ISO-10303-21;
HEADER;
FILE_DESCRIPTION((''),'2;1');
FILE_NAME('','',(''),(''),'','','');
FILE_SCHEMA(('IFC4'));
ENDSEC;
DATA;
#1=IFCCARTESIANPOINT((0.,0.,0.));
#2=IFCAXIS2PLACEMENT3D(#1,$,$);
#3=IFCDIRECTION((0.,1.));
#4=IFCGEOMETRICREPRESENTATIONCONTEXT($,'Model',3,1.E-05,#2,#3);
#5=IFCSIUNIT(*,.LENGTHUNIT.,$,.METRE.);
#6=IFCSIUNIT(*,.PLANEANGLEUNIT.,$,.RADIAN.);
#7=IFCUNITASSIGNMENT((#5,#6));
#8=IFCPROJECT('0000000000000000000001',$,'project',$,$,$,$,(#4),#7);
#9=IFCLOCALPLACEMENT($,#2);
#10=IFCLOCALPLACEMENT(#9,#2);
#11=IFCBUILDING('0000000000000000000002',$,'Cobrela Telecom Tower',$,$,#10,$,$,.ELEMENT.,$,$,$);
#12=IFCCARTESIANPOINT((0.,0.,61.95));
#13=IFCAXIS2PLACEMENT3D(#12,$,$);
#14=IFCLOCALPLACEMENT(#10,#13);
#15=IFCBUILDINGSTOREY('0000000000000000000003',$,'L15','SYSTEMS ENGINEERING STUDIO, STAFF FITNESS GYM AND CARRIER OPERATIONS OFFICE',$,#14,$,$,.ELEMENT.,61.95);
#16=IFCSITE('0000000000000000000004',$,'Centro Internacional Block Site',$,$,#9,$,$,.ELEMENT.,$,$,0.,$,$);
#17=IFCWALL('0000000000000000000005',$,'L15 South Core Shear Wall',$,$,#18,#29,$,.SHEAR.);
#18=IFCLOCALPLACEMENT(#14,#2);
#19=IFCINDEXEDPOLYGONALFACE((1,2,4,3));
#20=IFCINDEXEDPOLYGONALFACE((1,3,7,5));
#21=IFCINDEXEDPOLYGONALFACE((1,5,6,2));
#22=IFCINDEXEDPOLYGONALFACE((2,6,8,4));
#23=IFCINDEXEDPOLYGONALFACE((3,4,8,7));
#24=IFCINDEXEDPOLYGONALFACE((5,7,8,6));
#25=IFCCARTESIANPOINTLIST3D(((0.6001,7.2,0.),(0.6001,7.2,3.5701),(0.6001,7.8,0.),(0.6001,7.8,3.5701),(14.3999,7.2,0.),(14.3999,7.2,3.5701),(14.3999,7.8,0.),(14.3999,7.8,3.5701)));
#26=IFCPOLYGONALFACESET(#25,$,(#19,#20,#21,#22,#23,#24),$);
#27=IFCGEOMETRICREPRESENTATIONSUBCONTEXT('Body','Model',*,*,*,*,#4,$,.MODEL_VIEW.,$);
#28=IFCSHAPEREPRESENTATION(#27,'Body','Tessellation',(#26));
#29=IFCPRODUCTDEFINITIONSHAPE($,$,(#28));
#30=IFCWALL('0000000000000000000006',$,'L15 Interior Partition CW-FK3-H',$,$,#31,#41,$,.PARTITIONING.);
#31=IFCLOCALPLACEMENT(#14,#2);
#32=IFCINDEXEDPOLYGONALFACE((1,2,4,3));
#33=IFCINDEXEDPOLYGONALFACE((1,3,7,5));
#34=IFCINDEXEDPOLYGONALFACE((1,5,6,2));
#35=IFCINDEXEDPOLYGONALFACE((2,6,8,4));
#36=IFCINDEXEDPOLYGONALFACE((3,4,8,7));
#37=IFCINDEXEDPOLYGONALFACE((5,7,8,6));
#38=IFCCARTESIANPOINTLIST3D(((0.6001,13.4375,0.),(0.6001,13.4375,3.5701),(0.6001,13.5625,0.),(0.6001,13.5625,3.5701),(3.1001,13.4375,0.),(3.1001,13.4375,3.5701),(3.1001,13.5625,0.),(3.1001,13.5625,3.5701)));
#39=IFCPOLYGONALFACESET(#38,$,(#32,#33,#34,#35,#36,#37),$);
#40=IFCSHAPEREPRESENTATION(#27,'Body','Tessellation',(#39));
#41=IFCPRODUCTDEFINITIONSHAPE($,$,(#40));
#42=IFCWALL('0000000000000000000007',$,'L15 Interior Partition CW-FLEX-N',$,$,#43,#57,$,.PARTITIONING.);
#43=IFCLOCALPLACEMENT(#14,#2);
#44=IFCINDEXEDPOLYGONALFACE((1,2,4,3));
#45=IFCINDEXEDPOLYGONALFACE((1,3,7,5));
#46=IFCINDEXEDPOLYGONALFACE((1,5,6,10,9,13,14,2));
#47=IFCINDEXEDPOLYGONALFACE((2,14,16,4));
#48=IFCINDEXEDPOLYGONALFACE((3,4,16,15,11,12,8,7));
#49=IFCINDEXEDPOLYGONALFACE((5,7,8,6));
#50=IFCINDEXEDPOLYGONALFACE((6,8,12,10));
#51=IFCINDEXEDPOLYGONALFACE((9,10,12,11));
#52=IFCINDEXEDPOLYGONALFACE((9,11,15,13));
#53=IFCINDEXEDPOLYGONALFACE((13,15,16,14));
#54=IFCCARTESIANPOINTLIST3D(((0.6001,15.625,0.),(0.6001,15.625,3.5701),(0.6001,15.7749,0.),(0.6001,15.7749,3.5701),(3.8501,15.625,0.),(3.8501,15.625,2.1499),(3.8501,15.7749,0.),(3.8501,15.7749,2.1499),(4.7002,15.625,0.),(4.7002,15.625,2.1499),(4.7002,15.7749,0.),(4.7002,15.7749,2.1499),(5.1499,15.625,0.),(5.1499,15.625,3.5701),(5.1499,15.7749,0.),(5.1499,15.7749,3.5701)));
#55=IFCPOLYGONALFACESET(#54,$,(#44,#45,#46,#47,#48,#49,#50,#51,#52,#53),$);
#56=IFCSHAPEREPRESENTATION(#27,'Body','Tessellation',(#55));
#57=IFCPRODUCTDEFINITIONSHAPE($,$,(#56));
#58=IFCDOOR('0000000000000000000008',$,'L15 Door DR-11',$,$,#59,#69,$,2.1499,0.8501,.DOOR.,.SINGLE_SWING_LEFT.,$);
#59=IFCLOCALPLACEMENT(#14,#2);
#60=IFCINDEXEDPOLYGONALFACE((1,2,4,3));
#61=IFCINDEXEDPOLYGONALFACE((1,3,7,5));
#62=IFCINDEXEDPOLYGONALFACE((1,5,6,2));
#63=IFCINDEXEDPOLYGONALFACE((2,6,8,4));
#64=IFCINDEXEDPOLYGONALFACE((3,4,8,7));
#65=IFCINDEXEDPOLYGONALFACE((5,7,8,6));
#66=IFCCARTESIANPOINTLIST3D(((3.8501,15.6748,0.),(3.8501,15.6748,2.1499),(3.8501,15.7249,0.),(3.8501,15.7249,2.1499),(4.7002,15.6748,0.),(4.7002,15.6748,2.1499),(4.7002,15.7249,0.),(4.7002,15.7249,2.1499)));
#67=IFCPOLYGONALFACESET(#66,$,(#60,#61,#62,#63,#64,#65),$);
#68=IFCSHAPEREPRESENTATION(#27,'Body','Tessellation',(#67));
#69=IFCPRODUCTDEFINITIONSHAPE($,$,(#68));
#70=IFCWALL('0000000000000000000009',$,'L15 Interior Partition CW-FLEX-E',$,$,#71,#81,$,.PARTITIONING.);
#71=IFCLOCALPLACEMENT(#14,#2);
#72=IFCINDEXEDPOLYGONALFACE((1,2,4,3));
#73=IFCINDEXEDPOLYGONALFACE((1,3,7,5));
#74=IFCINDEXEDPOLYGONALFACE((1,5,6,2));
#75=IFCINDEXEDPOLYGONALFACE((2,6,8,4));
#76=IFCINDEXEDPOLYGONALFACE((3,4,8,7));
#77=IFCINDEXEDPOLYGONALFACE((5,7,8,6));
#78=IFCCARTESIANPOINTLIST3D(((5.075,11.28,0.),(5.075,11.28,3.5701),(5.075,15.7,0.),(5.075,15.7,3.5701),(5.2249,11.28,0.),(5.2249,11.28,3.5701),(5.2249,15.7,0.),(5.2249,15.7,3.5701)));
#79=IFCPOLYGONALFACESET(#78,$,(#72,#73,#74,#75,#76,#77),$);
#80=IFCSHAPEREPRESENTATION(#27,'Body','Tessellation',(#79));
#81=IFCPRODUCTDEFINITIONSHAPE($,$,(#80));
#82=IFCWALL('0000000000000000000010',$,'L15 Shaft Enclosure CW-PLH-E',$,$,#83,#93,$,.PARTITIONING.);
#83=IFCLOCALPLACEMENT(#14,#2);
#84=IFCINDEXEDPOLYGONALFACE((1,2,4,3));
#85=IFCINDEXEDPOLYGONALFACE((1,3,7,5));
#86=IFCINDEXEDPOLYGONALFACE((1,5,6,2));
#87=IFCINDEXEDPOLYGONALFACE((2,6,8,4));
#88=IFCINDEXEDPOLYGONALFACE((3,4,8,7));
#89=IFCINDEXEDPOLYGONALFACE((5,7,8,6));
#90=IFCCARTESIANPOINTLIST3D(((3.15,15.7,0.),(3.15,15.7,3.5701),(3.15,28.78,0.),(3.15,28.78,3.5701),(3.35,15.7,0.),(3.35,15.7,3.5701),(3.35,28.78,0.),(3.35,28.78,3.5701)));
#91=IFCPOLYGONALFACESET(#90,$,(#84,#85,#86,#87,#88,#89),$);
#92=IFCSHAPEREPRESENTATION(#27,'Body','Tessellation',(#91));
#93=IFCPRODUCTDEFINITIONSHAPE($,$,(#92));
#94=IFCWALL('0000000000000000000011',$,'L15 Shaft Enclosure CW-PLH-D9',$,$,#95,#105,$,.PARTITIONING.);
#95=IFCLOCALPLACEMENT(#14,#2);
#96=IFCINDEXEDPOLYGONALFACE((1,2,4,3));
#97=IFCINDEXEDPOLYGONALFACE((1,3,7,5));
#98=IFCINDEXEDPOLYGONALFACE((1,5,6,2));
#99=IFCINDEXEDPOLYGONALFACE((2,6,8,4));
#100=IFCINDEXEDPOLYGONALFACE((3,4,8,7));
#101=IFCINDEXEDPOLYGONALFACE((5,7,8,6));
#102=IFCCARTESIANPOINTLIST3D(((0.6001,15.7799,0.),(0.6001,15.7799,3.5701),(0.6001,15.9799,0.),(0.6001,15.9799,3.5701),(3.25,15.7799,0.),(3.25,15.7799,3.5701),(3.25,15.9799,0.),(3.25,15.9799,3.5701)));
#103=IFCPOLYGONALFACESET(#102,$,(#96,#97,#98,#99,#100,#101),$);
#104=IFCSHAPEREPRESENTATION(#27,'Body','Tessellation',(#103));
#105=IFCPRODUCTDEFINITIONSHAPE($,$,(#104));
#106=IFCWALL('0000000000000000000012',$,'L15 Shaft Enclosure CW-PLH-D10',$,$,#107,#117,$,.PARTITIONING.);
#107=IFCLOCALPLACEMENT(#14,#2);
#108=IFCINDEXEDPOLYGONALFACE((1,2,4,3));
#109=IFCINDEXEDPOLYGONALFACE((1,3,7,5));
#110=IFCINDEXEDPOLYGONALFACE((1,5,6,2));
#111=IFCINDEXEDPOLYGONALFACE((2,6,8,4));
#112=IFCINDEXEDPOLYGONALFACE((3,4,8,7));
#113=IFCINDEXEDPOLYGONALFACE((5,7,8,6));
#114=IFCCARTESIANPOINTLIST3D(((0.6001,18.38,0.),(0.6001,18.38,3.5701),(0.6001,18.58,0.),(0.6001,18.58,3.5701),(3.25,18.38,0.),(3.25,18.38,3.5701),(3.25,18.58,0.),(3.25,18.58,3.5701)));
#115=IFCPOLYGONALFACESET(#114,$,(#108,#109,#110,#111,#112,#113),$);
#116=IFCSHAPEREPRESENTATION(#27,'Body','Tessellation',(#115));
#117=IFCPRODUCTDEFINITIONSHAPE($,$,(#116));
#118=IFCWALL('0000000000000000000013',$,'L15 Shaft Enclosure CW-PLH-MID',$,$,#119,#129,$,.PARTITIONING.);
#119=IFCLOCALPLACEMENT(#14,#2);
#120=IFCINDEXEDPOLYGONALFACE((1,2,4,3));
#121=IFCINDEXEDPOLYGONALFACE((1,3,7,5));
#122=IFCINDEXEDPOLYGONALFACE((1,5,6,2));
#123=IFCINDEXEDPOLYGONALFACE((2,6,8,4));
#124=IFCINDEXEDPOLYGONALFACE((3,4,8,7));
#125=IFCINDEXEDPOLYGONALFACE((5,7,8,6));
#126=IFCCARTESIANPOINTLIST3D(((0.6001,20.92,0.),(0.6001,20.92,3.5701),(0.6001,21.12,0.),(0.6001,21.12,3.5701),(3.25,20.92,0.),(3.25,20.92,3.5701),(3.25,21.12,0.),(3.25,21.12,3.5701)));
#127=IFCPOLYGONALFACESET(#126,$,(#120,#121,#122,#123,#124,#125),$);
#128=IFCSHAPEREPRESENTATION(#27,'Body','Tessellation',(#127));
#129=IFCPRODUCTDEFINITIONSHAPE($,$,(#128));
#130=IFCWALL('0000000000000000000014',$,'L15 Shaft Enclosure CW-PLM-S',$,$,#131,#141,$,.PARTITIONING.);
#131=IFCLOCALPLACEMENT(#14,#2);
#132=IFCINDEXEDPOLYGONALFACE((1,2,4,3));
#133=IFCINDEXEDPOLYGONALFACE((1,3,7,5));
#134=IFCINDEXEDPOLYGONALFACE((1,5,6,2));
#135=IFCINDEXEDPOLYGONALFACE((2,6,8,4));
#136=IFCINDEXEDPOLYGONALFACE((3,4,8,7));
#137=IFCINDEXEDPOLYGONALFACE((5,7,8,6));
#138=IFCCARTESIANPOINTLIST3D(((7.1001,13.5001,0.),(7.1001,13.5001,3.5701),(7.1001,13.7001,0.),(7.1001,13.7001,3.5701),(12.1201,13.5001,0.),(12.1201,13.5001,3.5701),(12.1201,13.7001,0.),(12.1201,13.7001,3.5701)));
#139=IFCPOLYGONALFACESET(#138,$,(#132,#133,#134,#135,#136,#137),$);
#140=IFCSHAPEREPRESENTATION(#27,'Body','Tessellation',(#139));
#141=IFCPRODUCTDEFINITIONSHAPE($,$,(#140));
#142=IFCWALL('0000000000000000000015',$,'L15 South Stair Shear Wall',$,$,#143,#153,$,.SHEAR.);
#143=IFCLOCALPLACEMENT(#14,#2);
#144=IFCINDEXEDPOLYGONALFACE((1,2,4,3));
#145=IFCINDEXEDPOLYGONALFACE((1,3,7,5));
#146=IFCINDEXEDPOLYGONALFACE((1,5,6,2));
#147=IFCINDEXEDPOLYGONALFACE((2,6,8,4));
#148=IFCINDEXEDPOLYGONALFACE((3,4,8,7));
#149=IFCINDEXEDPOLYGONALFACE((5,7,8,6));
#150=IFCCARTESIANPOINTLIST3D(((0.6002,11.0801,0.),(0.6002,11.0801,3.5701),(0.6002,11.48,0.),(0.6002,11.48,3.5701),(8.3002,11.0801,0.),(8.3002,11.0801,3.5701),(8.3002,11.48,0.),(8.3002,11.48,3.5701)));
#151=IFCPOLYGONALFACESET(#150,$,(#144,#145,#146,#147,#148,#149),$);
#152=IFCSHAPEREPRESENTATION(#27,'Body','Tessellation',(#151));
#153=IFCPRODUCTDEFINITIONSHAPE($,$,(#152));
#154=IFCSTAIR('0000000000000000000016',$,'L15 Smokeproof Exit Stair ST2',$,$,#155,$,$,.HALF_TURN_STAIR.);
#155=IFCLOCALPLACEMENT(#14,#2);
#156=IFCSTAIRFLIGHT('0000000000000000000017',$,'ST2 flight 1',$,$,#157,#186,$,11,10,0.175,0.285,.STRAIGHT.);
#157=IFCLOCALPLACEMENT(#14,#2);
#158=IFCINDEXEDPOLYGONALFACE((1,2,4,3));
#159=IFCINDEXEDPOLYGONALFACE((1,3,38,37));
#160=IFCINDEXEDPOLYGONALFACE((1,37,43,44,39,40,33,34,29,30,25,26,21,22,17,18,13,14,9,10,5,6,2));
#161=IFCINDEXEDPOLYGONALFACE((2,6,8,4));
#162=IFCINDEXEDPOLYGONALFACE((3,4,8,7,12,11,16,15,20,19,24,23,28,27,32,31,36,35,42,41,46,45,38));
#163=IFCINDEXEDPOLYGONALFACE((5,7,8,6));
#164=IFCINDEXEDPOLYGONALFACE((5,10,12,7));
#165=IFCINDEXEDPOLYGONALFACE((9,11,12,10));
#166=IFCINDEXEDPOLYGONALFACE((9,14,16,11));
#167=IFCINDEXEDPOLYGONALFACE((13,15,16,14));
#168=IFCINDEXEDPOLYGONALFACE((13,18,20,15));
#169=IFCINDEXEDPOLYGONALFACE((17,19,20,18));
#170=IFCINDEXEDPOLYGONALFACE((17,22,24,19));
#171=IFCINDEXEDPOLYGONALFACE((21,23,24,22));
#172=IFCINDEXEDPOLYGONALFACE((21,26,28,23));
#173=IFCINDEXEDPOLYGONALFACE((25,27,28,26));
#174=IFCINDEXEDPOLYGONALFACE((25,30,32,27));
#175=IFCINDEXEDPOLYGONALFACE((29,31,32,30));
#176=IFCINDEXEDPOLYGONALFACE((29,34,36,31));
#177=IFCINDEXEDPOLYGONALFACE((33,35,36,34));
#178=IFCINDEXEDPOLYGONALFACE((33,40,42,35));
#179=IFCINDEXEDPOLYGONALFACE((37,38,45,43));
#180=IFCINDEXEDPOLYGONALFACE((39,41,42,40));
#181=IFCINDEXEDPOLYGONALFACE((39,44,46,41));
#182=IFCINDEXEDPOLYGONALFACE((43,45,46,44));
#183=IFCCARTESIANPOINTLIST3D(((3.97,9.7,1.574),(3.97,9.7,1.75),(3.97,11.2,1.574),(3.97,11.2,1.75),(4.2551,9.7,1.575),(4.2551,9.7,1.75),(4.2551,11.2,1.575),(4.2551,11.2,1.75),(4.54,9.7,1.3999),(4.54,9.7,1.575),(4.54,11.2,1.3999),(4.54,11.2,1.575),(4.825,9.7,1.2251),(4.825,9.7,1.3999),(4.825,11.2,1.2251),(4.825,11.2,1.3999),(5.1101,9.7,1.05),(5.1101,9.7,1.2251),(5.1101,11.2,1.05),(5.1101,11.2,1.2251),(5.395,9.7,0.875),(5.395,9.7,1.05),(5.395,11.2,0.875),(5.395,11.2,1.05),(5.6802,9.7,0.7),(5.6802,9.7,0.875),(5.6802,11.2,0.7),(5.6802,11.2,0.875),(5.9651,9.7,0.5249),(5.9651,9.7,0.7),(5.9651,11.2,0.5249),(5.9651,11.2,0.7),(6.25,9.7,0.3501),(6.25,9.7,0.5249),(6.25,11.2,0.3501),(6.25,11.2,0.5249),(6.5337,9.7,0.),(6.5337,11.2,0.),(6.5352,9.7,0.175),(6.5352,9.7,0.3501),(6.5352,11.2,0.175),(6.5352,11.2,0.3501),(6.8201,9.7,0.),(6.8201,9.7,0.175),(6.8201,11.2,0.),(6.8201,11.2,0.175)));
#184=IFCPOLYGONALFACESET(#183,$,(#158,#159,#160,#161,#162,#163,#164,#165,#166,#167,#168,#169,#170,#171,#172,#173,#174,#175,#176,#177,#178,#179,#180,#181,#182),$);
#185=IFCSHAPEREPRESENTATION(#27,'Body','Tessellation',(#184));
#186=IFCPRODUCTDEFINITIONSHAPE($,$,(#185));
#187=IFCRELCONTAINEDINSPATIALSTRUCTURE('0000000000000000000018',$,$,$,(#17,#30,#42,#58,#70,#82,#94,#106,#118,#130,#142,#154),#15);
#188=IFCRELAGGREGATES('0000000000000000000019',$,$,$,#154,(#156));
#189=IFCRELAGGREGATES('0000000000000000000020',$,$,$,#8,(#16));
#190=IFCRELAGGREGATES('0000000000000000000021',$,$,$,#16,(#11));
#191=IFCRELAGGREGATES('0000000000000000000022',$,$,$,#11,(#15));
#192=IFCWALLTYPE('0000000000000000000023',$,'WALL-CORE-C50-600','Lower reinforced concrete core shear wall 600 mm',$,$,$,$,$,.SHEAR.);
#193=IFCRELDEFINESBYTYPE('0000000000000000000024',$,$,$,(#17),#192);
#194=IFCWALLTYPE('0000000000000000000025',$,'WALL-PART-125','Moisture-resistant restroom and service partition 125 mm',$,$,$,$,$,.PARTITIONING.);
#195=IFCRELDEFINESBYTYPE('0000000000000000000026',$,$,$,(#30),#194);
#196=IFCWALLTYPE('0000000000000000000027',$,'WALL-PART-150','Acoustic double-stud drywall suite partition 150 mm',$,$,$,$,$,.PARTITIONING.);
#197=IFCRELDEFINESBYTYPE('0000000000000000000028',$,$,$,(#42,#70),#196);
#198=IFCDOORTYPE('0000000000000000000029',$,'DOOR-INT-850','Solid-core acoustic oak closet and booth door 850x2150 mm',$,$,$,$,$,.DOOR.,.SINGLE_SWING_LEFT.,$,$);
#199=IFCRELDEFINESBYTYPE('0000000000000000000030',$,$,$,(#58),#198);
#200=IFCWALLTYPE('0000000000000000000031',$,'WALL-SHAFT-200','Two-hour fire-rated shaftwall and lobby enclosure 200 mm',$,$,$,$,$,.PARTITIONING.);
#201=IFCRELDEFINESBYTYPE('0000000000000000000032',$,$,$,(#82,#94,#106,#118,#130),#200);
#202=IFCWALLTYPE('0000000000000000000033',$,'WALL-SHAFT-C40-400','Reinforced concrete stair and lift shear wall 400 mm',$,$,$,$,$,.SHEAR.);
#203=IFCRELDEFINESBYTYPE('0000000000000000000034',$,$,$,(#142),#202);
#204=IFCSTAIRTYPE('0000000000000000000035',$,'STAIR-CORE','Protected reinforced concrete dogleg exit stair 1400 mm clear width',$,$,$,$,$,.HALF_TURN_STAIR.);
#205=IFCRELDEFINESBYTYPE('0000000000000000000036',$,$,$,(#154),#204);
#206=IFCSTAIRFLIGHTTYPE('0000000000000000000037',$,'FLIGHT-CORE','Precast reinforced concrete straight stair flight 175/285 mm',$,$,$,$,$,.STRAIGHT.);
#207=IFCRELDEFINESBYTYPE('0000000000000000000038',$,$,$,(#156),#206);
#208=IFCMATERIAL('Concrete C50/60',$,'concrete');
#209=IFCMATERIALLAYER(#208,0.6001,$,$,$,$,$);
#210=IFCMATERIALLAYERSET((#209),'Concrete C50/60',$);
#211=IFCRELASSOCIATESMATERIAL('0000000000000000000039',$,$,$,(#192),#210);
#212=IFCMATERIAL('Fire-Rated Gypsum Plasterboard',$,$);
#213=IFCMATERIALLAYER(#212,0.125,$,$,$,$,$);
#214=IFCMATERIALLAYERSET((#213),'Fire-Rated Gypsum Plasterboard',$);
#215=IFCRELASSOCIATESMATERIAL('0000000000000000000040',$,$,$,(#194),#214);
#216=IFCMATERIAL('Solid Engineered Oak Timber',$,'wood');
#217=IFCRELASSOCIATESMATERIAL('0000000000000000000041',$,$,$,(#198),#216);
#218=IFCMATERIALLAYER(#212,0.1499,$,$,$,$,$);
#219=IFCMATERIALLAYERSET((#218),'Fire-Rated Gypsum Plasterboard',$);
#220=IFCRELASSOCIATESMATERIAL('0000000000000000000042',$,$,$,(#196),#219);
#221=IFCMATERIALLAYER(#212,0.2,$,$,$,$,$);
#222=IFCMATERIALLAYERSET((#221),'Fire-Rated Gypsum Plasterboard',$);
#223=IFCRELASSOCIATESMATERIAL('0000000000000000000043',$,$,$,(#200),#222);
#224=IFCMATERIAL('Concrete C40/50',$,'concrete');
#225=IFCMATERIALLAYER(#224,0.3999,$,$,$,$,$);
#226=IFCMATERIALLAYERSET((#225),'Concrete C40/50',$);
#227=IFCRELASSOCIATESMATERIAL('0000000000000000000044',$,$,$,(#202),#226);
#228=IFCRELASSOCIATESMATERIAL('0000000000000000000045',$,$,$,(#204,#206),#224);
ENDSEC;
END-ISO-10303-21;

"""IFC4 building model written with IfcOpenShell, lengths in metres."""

from ifc_helpers import new_model, si_unit, direction, frame, frame_2d, origin, place, context, subcontext, project, spatial, polyline, rectangle, outline, extrude, material, layer, layer_set, type_object, element, fill, aggregate, save


model = new_model("IFC4")

# Units and contexts
model_context = context("Model", 3, precision=1e-05, world=origin(), true_north=direction((0.0, 1.0)))
body_context = subcontext(model_context, "Body", "Model", "MODEL_VIEW")
ifc_project = project(units=[si_unit("LENGTHUNIT", "METRE"), si_unit("PLANEANGLEUNIT", "RADIAN")], contexts=[model_context])

# Site, building, storey
site_placement = place(None, origin())
site = spatial("IfcSite", under=ifc_project, at=site_placement, Name="Centro Internacional Block Site", CompositionType="ELEMENT", RefElevation=0.0)
building_placement = place(site_placement, origin())
building = spatial("IfcBuilding", under=site, at=building_placement, Name="Cobrela Telecom Tower", CompositionType="ELEMENT")
storey_placement = place(building_placement, frame((0.0, 0.0, 61.95)))
storey = spatial("IfcBuildingStorey", under=building, at=storey_placement, Name="L15", Description="SYSTEMS ENGINEERING STUDIO, STAFF FITNESS GYM AND CARRIER OPERATIONS OFFICE", CompositionType="ELEMENT", Elevation=61.95)

# Walls
ifc_material_1 = material(Name="Concrete C50/60", Category="concrete")
ifc_layer_1 = layer(ifc_material_1, 0.6001)
ifc_layer_set_1 = layer_set([ifc_layer_1], Name="Concrete C50/60")
wall_type_1 = type_object("IfcWallType", Name="WALL-CORE-C50-600", Description="Lower reinforced concrete core shear wall 600 mm", PredefinedType="SHEAR", material=ifc_layer_set_1)
wall_1_placement = place(storey_placement, frame((0.6001, 7.5, 0.0), z_axis=(0.0, 0.0, 1.0), x_axis=(1.0, 0.0, 0.0)))
element("IfcWall", 1, at=wall_1_placement, inside=storey, type_object=wall_type_1, Name="L15 South Core Shear Wall", PredefinedType="SHEAR", context=body_context, shape_type="SweptSolid", body=[
    extrude(rectangle(XDim=13.7998, YDim=0.6001, at=frame_2d((6.8999, 0.0))), origin(), (0.0, 0.0, 1.0), 3.5701),
])
ifc_material_2 = material(Name="Fire-Rated Gypsum Plasterboard")
ifc_layer_2 = layer(ifc_material_2, 0.125)
ifc_layer_set_2 = layer_set([ifc_layer_2], Name="Fire-Rated Gypsum Plasterboard")
wall_type_2 = type_object("IfcWallType", Name="WALL-PART-125", Description="Moisture-resistant restroom and service partition 125 mm", PredefinedType="PARTITIONING", material=ifc_layer_set_2)
wall_2_placement = place(storey_placement, frame((0.6001, 13.5, 0.0), z_axis=(0.0, 0.0, 1.0), x_axis=(1.0, 0.0, 0.0)))
element("IfcWall", 2, at=wall_2_placement, inside=storey, type_object=wall_type_2, Name="L15 Interior Partition CW-FK3-H", PredefinedType="PARTITIONING", context=body_context, shape_type="SweptSolid", body=[
    extrude(rectangle(XDim=2.5, YDim=0.125, at=frame_2d((1.25, 0.0))), origin(), (0.0, 0.0, 1.0), 3.5701),
])

# Shared definitions
ifc_material_3 = material(Name="Solid Engineered Oak Timber", Category="wood")
door_type = type_object("IfcDoorType", Name="DOOR-INT-850", Description="Solid-core acoustic oak closet and booth door 850x2150 mm", OperationType="SINGLE_SWING_LEFT", PredefinedType="DOOR", material=ifc_material_3)

# Wall, opening, door
ifc_layer_3 = layer(ifc_material_2, 0.1499)
ifc_layer_set_3 = layer_set([ifc_layer_3], Name="Fire-Rated Gypsum Plasterboard")
wall_type_3 = type_object("IfcWallType", Name="WALL-PART-150", Description="Acoustic double-stud drywall suite partition 150 mm", PredefinedType="PARTITIONING", material=ifc_layer_set_3)
wall_3_placement = place(storey_placement, frame((0.6001, 15.7, 0.0), z_axis=(0.0, 0.0, 1.0), x_axis=(1.0, 0.0, 0.0)))
wall_3 = element("IfcWall", 3, at=wall_3_placement, inside=storey, type_object=wall_type_3, Name="L15 Interior Partition CW-FLEX-N", PredefinedType="PARTITIONING", context=body_context, shape_type="SweptSolid", body=[
    extrude(rectangle(XDim=4.5498, YDim=0.1499, at=frame_2d((2.2749, 0.0))), origin(), (0.0, 0.0, 1.0), 3.5701),
])
opening_1_placement = place(wall_3_placement, frame((3.25, 0.0, 0.0)))
opening_1 = element("IfcOpeningElement", 4, at=opening_1_placement, cuts=wall_3, PredefinedType="OPENING", context=body_context, shape_type="SweptSolid", body=[
    extrude(rectangle(XDim=0.8501, YDim=2.1499, at=frame_2d((0.425, 1.075))), frame((0.0, 0.0869, 0.0), z_axis=(0.0, -1.0, 0.0), x_axis=(1.0, 0.0, 0.0)), (0.0, 0.0, 1.0), 0.1738),
])
door_1_placement = place(opening_1_placement, origin())
door_1 = element("IfcDoor", 5, at=door_1_placement, inside=storey, type_object=door_type, Name="L15 Door DR-11", OperationType="SINGLE_SWING_LEFT", OverallHeight=2.1499, OverallWidth=0.8501, PredefinedType="DOOR", context=body_context, shape_type="SweptSolid", body=[
    extrude(rectangle(XDim=0.8501, YDim=2.1499, at=frame_2d((0.425, 1.075))), frame((0.0, 0.0249, 0.0), z_axis=(0.0, -1.0, 0.0), x_axis=(1.0, 0.0, 0.0)), (0.0, 0.0, 1.0), 0.05),
])
fill(opening_1, door_1)

# Walls
wall_4_placement = place(storey_placement, frame((5.1499, 11.28, 0.0), z_axis=(0.0, 0.0, 1.0), x_axis=(0.0, 1.0, 0.0)))
element("IfcWall", 6, at=wall_4_placement, inside=storey, type_object=wall_type_3, Name="L15 Interior Partition CW-FLEX-E", PredefinedType="PARTITIONING", context=body_context, shape_type="SweptSolid", body=[
    extrude(rectangle(XDim=4.4199, YDim=0.1499, at=frame_2d((2.21, 0.0))), origin(), (0.0, 0.0, 1.0), 3.5701),
])
ifc_layer_4 = layer(ifc_material_2, 0.2)
ifc_layer_set_4 = layer_set([ifc_layer_4], Name="Fire-Rated Gypsum Plasterboard")
wall_type_4 = type_object("IfcWallType", Name="WALL-SHAFT-200", Description="Two-hour fire-rated shaftwall and lobby enclosure 200 mm", PredefinedType="PARTITIONING", material=ifc_layer_set_4)
wall_5_placement = place(storey_placement, frame((3.25, 15.7, 0.0), z_axis=(0.0, 0.0, 1.0), x_axis=(0.0, 1.0, 0.0)))
element("IfcWall", 7, at=wall_5_placement, inside=storey, type_object=wall_type_4, Name="L15 Shaft Enclosure CW-PLH-E", PredefinedType="PARTITIONING", context=body_context, shape_type="SweptSolid", body=[
    extrude(rectangle(XDim=13.0801, YDim=0.2, at=frame_2d((6.54, 0.0))), origin(), (0.0, 0.0, 1.0), 3.5701),
])
for number, where, z_axis, x_axis, name in (
    (8, (0.6001, 15.8799, 0.0), (0.0, 0.0, 1.0), (1.0, 0.0, 0.0), "L15 Shaft Enclosure CW-PLH-D9"),
    (9, (0.6001, 18.48, 0.0), (0.0, 0.0, 1.0), (1.0, 0.0, 0.0), "L15 Shaft Enclosure CW-PLH-D10"),
    (10, (0.6001, 21.02, 0.0), (0.0, 0.0, 1.0), (1.0, 0.0, 0.0), "L15 Shaft Enclosure CW-PLH-MID"),
):
    element("IfcWall", number, at=place(storey_placement, frame(where, z_axis=z_axis, x_axis=x_axis)), inside=storey, type_object=wall_type_4, Name=name, PredefinedType="PARTITIONING", context=body_context, shape_type="SweptSolid", body=[
        extrude(rectangle(XDim=2.6499, YDim=0.2, at=frame_2d((1.325, 0.0))), origin(), (0.0, 0.0, 1.0), 3.5701),
    ])
wall_6_placement = place(storey_placement, frame((7.1001, 13.6001, 0.0), z_axis=(0.0, 0.0, 1.0), x_axis=(1.0, 0.0, 0.0)))
element("IfcWall", 11, at=wall_6_placement, inside=storey, type_object=wall_type_4, Name="L15 Shaft Enclosure CW-PLM-S", PredefinedType="PARTITIONING", context=body_context, shape_type="SweptSolid", body=[
    extrude(rectangle(XDim=5.02, YDim=0.2, at=frame_2d((2.51, 0.0))), origin(), (0.0, 0.0, 1.0), 3.5701),
])
ifc_material_4 = material(Name="Concrete C40/50", Category="concrete")
ifc_layer_5 = layer(ifc_material_4, 0.3999)
ifc_layer_set_5 = layer_set([ifc_layer_5], Name="Concrete C40/50")
wall_type_5 = type_object("IfcWallType", Name="WALL-SHAFT-C40-400", Description="Reinforced concrete stair and lift shear wall 400 mm", PredefinedType="SHEAR", material=ifc_layer_set_5)
wall_7_placement = place(storey_placement, frame((0.6001, 11.28, 0.0), z_axis=(0.0, 0.0, 1.0), x_axis=(1.0, 0.0, 0.0)))
element("IfcWall", 12, at=wall_7_placement, inside=storey, type_object=wall_type_5, Name="L15 South Stair Shear Wall", PredefinedType="SHEAR", context=body_context, shape_type="SweptSolid", body=[
    extrude(rectangle(XDim=7.7, YDim=0.3999, at=frame_2d((3.8501, 0.0))), origin(), (0.0, 0.0, 1.0), 3.5701),
])

# Stair, stair flight
stair_type = type_object("IfcStairType", Name="STAIR-CORE", Description="Protected reinforced concrete dogleg exit stair 1400 mm clear width", PredefinedType="HALF_TURN_STAIR", material=ifc_material_4)
stair_placement = place(storey_placement, origin())
stair = element("IfcStair", 13, at=stair_placement, inside=storey, type_object=stair_type, Name="L15 Smokeproof Exit Stair ST2", PredefinedType="HALF_TURN_STAIR")
stair_flight_type = type_object("IfcStairFlightType", Name="FLIGHT-CORE", Description="Precast reinforced concrete straight stair flight 175/285 mm", PredefinedType="STRAIGHT", material=ifc_material_4)
stair_flight_1_placement = place(storey_placement, frame((6.8201, 10.45, 0.0), z_axis=(0.0, 0.0, 1.0), x_axis=(-1.0, 0.0, 0.0)))
stair_flight_1 = element("IfcStairFlight", 14, at=stair_flight_1_placement, type_object=stair_flight_type, Name="ST2 flight 1", NumberOfRisers=11, NumberOfTreads=10, PredefinedType="STRAIGHT", RiserHeight=0.175, TreadLength=0.285, context=body_context, shape_type="SweptSolid", body=[
    extrude(outline(polyline([(0.0, 0.0), (0.0, 0.175), (0.2849, 0.175), (0.2849, 0.3501), (0.5701, 0.3501), (0.5701, 0.5249), (0.855, 0.5249), (0.855, 0.7), (1.1399, 0.7), (1.1399, 0.875), (1.425, 0.875), (1.425, 1.05), (1.71, 1.05), (1.71, 1.2251), (1.9951, 1.2251), (1.9951, 1.3999), (2.28, 1.3999), (2.28, 1.575), (2.5649, 1.575), (2.5649, 1.75), (2.8501, 1.75), (2.8501, 1.925), (2.8501, 1.574), (0.2864, 0.0), (0.0, 0.0)])), frame((0.0, 0.75, 0.0), z_axis=(0.0, -1.0, 0.0), x_axis=(1.0, 0.0, 0.0)), (0.0, 0.0, 1.0), 1.5),
])
aggregate(stair, [stair_flight_1])

save(model, "model.ifc")
